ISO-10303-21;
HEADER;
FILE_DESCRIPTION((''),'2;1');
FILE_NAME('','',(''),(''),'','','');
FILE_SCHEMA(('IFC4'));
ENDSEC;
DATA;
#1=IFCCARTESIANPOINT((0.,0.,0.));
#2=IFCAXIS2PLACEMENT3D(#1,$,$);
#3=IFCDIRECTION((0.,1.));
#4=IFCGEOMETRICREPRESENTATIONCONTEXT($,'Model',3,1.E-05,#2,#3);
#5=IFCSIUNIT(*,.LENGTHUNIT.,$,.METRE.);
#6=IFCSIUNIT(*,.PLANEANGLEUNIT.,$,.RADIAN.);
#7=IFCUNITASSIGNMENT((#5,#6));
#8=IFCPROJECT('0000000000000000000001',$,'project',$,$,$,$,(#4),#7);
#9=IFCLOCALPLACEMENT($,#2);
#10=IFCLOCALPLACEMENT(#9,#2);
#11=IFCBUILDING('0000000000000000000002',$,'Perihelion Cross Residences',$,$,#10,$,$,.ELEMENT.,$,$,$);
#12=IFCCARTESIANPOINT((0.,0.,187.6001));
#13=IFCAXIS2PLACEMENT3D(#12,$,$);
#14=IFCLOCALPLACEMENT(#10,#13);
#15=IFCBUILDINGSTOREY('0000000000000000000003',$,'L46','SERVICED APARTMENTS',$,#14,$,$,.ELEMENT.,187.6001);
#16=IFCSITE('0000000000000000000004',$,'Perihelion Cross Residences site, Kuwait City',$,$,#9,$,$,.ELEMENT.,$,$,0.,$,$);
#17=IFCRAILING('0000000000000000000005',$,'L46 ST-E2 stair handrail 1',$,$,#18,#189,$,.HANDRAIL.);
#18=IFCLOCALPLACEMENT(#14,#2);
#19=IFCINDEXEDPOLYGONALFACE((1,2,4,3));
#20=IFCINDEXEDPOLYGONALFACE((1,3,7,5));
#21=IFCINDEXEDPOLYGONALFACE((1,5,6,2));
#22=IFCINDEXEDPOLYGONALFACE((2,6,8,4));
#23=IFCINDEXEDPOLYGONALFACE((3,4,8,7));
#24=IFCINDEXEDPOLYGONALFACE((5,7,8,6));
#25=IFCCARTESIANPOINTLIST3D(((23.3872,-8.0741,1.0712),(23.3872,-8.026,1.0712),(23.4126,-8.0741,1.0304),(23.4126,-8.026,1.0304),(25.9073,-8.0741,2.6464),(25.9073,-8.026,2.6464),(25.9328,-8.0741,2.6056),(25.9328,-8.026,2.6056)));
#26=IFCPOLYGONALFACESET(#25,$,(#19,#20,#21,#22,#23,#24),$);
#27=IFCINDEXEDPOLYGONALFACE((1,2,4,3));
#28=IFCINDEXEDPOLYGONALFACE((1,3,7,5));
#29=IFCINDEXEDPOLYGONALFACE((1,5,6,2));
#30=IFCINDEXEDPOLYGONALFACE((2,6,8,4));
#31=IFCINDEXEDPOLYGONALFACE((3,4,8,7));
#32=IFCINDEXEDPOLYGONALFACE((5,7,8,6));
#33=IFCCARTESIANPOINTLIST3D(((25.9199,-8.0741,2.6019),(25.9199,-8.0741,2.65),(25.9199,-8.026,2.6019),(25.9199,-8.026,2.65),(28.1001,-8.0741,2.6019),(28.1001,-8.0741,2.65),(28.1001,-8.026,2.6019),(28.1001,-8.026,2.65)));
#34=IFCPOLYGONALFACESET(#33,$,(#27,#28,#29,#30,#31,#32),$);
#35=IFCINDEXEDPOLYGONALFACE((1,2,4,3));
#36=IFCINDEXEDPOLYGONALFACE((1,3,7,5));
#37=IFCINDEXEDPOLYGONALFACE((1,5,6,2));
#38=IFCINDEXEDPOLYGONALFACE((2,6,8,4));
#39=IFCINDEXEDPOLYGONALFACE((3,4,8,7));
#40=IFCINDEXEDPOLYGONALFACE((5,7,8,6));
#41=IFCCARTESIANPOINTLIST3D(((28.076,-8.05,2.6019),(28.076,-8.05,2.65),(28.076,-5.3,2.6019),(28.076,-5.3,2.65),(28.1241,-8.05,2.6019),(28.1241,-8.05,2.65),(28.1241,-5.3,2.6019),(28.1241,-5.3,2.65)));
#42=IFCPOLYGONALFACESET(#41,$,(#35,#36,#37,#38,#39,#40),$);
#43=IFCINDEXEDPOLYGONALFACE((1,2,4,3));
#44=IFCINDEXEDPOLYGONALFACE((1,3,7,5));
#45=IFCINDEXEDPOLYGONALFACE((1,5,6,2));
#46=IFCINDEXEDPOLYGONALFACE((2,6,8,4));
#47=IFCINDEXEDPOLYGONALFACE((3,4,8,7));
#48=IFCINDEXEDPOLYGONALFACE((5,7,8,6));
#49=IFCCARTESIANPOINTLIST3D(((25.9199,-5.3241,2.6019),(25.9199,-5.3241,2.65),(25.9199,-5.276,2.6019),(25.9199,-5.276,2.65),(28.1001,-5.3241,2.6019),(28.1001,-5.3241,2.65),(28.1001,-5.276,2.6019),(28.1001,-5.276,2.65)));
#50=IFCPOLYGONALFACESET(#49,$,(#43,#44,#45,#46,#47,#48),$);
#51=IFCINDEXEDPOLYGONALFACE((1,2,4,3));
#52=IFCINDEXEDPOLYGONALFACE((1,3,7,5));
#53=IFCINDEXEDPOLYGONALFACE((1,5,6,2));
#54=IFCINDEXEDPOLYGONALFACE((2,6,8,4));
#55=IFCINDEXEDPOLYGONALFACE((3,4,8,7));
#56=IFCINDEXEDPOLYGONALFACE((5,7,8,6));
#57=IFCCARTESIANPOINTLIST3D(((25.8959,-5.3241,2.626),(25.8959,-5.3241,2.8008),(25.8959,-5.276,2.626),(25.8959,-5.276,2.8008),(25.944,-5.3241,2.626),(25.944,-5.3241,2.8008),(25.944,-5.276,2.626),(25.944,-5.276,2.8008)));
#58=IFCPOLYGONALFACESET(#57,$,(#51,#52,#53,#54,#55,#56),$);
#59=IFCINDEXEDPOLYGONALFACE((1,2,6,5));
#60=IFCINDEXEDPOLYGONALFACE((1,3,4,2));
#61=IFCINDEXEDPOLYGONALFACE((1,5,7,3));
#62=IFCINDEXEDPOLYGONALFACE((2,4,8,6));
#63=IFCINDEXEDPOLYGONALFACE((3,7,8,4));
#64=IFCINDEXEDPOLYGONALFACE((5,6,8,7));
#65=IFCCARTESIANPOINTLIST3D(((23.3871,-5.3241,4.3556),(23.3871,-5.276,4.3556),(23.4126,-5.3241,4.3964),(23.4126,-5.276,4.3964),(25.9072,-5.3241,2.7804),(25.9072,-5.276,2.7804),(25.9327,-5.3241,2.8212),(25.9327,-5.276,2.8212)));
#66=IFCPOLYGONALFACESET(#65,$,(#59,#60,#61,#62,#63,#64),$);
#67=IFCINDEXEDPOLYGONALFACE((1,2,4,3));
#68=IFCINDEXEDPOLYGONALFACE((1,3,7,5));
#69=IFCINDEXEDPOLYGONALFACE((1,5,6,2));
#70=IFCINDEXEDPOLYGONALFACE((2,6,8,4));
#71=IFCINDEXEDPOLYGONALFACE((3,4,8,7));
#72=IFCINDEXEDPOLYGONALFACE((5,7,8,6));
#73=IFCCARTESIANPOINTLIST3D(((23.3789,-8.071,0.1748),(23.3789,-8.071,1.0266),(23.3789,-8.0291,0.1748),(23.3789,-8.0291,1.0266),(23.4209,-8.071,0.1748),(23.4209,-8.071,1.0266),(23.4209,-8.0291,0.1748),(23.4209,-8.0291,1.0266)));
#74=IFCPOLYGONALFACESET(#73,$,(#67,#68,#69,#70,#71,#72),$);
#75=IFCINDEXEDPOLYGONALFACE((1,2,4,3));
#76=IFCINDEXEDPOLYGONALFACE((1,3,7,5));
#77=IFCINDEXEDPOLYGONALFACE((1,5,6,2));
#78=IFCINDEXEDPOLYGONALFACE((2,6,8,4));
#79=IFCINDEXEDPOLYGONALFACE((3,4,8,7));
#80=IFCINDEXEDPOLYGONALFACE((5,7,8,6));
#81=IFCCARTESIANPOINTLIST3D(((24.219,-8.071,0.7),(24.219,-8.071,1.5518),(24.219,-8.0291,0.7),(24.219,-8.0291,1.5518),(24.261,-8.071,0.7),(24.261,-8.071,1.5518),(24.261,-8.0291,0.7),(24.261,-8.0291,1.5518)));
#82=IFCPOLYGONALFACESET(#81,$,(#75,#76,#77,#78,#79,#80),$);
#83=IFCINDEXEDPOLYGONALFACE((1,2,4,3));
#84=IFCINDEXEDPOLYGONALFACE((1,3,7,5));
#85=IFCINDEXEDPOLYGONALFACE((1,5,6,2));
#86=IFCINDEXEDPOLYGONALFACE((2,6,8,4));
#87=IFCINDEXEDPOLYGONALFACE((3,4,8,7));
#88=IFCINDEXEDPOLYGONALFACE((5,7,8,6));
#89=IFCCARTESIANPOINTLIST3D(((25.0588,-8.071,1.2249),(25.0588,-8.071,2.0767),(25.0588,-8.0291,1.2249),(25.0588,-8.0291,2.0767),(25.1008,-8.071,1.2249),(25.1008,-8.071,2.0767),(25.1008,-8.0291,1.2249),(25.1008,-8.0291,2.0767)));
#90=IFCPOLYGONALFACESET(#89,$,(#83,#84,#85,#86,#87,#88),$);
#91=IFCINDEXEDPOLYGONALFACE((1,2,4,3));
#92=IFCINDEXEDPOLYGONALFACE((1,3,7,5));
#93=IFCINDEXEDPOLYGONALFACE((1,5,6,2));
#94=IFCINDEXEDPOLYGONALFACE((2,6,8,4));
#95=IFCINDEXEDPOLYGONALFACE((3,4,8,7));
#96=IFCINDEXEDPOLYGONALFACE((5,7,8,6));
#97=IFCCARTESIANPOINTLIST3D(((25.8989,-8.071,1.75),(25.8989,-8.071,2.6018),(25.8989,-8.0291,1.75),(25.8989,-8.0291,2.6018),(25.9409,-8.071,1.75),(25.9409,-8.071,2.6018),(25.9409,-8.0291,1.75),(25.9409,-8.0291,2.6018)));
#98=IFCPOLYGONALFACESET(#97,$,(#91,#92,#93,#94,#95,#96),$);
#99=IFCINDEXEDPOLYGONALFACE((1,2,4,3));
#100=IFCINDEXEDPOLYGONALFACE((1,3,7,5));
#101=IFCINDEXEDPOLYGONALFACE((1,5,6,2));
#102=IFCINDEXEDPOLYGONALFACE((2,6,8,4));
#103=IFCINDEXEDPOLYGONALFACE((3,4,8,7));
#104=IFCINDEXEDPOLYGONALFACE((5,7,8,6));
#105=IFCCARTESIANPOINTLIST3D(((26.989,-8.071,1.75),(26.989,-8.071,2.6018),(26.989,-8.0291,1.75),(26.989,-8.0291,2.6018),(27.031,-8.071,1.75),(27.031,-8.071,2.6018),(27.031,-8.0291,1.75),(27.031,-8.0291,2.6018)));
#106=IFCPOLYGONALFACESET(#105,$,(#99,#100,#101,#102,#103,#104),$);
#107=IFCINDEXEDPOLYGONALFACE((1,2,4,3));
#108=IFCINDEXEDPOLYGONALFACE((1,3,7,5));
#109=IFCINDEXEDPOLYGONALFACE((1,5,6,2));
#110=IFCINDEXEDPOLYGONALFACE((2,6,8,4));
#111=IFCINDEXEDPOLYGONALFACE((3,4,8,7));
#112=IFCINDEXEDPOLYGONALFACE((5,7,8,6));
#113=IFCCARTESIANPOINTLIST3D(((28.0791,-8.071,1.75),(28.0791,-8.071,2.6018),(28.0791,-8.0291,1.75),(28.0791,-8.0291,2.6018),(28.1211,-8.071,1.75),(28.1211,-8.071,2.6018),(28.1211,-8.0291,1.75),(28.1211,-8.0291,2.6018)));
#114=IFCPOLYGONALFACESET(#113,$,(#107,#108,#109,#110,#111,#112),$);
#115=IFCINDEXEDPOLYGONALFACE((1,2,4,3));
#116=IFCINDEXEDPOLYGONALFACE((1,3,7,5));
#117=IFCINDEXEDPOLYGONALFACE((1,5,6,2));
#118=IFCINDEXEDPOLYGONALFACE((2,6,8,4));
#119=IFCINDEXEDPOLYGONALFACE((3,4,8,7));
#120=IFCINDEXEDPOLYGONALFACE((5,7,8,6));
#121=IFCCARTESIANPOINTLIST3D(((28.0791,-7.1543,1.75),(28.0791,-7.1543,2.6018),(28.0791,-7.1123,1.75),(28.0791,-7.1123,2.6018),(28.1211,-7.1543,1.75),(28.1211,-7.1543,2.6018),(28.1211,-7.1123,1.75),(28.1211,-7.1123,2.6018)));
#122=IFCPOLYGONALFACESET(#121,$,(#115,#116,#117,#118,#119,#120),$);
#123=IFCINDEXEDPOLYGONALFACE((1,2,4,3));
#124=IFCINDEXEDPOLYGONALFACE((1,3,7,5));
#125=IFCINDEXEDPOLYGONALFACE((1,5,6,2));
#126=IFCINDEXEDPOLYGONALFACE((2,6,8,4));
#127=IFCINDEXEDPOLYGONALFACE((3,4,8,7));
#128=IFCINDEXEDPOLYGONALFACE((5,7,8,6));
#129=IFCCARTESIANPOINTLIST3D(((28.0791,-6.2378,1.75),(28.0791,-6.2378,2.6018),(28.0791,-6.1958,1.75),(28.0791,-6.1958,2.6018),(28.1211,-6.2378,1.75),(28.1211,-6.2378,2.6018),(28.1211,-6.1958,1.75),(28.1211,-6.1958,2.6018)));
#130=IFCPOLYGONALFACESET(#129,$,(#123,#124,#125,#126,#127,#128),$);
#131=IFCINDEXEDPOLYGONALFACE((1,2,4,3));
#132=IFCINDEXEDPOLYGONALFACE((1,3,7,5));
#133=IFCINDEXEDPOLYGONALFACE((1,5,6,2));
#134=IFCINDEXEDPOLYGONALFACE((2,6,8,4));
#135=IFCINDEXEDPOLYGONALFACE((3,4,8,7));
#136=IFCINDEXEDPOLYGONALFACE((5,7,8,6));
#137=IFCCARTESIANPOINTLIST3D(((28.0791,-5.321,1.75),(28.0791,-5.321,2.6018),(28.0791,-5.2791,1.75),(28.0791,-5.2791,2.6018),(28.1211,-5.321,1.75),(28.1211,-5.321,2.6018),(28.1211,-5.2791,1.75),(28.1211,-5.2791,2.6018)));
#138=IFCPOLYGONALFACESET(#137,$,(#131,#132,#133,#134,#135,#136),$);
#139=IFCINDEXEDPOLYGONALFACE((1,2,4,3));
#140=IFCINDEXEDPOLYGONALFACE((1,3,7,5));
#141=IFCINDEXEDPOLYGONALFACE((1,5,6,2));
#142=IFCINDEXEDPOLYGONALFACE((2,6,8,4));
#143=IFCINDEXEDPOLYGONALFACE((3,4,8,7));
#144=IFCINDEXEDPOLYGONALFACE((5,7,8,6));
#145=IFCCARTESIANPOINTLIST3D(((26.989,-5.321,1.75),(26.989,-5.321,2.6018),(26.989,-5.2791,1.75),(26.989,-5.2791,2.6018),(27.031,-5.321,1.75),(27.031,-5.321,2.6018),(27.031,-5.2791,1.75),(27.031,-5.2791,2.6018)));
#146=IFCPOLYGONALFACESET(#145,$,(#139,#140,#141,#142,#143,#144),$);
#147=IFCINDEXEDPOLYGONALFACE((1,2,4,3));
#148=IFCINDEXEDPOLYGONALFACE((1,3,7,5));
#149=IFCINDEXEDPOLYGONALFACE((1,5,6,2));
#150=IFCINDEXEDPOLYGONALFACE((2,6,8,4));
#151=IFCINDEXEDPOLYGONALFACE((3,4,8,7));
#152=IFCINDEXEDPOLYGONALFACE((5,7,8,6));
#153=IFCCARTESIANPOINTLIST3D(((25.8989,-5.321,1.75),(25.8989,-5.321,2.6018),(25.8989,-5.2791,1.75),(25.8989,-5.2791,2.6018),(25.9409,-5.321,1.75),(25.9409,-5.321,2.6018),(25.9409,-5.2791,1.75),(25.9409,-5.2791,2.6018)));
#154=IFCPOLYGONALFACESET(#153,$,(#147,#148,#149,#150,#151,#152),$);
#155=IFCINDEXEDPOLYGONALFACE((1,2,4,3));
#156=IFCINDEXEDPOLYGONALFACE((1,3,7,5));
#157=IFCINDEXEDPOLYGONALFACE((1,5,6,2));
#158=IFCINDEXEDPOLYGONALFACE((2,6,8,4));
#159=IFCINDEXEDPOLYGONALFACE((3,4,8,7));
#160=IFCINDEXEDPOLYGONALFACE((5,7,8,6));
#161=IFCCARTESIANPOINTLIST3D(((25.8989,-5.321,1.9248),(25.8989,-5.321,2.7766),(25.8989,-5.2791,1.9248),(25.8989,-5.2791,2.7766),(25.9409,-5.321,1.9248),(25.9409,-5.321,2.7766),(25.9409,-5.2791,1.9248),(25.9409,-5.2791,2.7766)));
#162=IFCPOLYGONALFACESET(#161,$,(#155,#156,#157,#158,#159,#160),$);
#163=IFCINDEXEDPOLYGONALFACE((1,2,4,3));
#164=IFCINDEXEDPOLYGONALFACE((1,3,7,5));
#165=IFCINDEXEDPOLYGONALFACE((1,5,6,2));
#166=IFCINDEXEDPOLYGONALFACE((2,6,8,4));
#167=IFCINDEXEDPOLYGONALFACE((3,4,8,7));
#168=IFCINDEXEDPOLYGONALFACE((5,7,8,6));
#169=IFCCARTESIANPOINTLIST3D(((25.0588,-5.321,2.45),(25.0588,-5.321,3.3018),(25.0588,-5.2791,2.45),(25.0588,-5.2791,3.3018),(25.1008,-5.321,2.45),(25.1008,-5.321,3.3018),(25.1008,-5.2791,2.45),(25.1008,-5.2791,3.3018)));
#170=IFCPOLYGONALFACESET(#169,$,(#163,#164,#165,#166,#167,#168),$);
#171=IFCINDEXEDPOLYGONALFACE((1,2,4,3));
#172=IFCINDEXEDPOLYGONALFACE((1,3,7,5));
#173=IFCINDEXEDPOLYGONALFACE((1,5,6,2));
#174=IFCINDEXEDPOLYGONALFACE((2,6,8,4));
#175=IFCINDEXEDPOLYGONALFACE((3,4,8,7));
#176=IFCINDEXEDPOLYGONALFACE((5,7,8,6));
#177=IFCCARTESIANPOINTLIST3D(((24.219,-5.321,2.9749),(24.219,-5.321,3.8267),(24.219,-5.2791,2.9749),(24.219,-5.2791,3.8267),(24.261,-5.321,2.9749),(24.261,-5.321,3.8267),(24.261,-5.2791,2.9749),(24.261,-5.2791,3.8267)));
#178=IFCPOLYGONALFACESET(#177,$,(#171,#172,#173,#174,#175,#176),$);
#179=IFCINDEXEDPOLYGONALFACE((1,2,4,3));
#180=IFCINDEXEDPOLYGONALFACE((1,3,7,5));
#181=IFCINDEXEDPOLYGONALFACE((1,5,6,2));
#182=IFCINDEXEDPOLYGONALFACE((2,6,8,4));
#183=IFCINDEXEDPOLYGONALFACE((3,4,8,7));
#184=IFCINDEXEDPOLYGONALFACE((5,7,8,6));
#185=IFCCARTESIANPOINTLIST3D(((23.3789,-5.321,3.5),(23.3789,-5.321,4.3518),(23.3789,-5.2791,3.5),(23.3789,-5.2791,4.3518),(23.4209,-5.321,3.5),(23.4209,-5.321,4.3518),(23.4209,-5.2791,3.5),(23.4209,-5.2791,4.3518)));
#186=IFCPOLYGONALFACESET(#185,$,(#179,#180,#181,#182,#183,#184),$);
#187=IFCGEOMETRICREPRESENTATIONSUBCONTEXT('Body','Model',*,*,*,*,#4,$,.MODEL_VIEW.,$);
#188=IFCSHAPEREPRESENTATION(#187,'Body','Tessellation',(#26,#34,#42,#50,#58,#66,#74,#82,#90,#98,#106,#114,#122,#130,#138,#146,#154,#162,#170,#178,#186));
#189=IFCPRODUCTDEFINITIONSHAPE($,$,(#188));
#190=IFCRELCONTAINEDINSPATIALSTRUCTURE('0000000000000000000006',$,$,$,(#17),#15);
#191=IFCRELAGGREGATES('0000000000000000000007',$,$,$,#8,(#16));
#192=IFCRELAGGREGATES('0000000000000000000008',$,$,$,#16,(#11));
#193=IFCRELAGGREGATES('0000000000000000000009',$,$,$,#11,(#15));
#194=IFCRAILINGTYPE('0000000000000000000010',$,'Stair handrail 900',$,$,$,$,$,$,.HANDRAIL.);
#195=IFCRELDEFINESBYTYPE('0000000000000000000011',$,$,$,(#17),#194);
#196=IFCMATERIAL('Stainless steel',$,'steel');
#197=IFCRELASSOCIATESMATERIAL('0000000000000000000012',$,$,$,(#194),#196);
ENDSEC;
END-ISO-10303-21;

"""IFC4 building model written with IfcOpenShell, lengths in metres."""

from ifc_helpers import new_model, si_unit, direction, frame, origin, origin_2d, place, context, subcontext, project, spatial, rectangle, extrude, material, type_object, element, save


model = new_model("IFC4")

# Units and contexts
model_context = context("Model", 3, precision=1e-05, world=origin(), true_north=direction((0.0, 1.0)))
body_context = subcontext(model_context, "Body", "Model", "MODEL_VIEW")
ifc_project = project(units=[si_unit("LENGTHUNIT", "METRE"), si_unit("PLANEANGLEUNIT", "RADIAN")], contexts=[model_context])

# Site, building, storey
site_placement = place(None, origin())
site = spatial("IfcSite", under=ifc_project, at=site_placement, Name="Perihelion Cross Residences site, Kuwait City", CompositionType="ELEMENT", RefElevation=0.0)
building_placement = place(site_placement, origin())
building = spatial("IfcBuilding", under=site, at=building_placement, Name="Perihelion Cross Residences", CompositionType="ELEMENT")
storey_placement = place(building_placement, frame((0.0, 0.0, 187.6001)))
storey = spatial("IfcBuildingStorey", under=building, at=storey_placement, Name="L46", Description="SERVICED APARTMENTS", CompositionType="ELEMENT", Elevation=187.6001)

# Railing
ifc_material_1 = material(Name="Stainless steel", Category="steel")
railing_type_1 = type_object("IfcRailingType", Name="Stair handrail 900", PredefinedType="HANDRAIL", material=ifc_material_1)
railing_1_placement = place(storey_placement, frame((23.3999, -8.05, 0.1748)))
element("IfcRailing", 1, at=railing_1_placement, inside=storey, type_object=railing_type_1, Name="L46 ST-E2 stair handrail 1", PredefinedType="HANDRAIL", context=body_context, shape_type="SweptSolid", body=[
    extrude(rectangle(XDim=0.0481, YDim=0.0481, at=origin_2d()), frame((0.0, 0.0, 0.876), z_axis=(0.847971, 0.0, 0.530043), x_axis=(0.0, 1.0, 0.0)), (0.0, 0.0, 1.0), 2.9719),
    extrude(rectangle(XDim=0.0481, YDim=0.0481, at=origin_2d()), frame((2.52, 0.0, 2.4512), z_axis=(1.0, 0.0, 0.0), x_axis=(0.0, 1.0, 0.0)), (0.0, 0.0, 1.0), 2.1802),
    extrude(rectangle(XDim=0.0481, YDim=0.0481, at=origin_2d()), frame((4.7002, 0.0, 2.4512), z_axis=(0.0, 1.0, 0.0), x_axis=(-1.0, 0.0, 0.0)), (0.0, 0.0, 1.0), 2.75),
    extrude(rectangle(XDim=0.0481, YDim=0.0481, at=origin_2d()), frame((4.7002, 2.75, 2.4512), z_axis=(-1.0, 0.0, 0.0), x_axis=(0.0, -1.0, 0.0)), (0.0, 0.0, 1.0), 2.1802),
    extrude(rectangle(XDim=0.0481, YDim=0.0481, at=origin_2d()), frame((2.52, 2.75, 2.4512), z_axis=(0.0, 0.0, 1.0), x_axis=(1.0, 0.0, 0.0)), (0.0, 0.0, 1.0), 0.1748),
    extrude(rectangle(XDim=0.0481, YDim=0.0481, at=origin_2d()), frame((2.52, 2.75, 2.626), z_axis=(-0.847971, 0.0, 0.530043), x_axis=(0.0, -1.0, 0.0)), (0.0, 0.0, 1.0), 2.9719),
    extrude(rectangle(XDim=0.042, YDim=0.042, at=origin_2d()), origin(), (0.0, 0.0, 1.0), 0.8518),
    extrude(rectangle(XDim=0.042, YDim=0.042, at=origin_2d()), frame((0.8401, 0.0, 0.5251)), (0.0, 0.0, 1.0), 0.8518),
    extrude(rectangle(XDim=0.042, YDim=0.042, at=origin_2d()), frame((1.6799, 0.0, 1.05)), (0.0, 0.0, 1.0), 0.8518),
    extrude(rectangle(XDim=0.042, YDim=0.042, at=origin_2d()), frame((2.52, 0.0, 1.5752)), (0.0, 0.0, 1.0), 0.8518),
    extrude(rectangle(XDim=0.042, YDim=0.042, at=origin_2d()), frame((3.6101, 0.0, 1.5752)), (0.0, 0.0, 1.0), 0.8518),
    extrude(rectangle(XDim=0.042, YDim=0.042, at=origin_2d()), frame((4.7002, 0.0, 1.5752)), (0.0, 0.0, 1.0), 0.8518),
    extrude(rectangle(XDim=0.042, YDim=0.042, at=origin_2d()), frame((4.7002, 0.9167, 1.5752)), (0.0, 0.0, 1.0), 0.8518),
    extrude(rectangle(XDim=0.042, YDim=0.042, at=origin_2d()), frame((4.7002, 1.8333, 1.5752)), (0.0, 0.0, 1.0), 0.8518),
    extrude(rectangle(XDim=0.042, YDim=0.042, at=origin_2d()), frame((4.7002, 2.75, 1.5752)), (0.0, 0.0, 1.0), 0.8518),
    extrude(rectangle(XDim=0.042, YDim=0.042, at=origin_2d()), frame((3.6101, 2.75, 1.5752)), (0.0, 0.0, 1.0), 0.8518),
    extrude(rectangle(XDim=0.042, YDim=0.042, at=origin_2d()), frame((2.52, 2.75, 1.5752)), (0.0, 0.0, 1.0), 0.8518),
    extrude(rectangle(XDim=0.042, YDim=0.042, at=origin_2d()), frame((2.52, 2.75, 1.75)), (0.0, 0.0, 1.0), 0.8518),
    extrude(rectangle(XDim=0.042, YDim=0.042, at=origin_2d()), frame((1.6799, 2.75, 2.2751)), (0.0, 0.0, 1.0), 0.8518),
    extrude(rectangle(XDim=0.042, YDim=0.042, at=origin_2d()), frame((0.8401, 2.75, 2.8)), (0.0, 0.0, 1.0), 0.8518),
    extrude(rectangle(XDim=0.042, YDim=0.042, at=origin_2d()), frame((0.0, 2.75, 3.3252)), (0.0, 0.0, 1.0), 0.8518),
])

save(model, "model.ifc")
